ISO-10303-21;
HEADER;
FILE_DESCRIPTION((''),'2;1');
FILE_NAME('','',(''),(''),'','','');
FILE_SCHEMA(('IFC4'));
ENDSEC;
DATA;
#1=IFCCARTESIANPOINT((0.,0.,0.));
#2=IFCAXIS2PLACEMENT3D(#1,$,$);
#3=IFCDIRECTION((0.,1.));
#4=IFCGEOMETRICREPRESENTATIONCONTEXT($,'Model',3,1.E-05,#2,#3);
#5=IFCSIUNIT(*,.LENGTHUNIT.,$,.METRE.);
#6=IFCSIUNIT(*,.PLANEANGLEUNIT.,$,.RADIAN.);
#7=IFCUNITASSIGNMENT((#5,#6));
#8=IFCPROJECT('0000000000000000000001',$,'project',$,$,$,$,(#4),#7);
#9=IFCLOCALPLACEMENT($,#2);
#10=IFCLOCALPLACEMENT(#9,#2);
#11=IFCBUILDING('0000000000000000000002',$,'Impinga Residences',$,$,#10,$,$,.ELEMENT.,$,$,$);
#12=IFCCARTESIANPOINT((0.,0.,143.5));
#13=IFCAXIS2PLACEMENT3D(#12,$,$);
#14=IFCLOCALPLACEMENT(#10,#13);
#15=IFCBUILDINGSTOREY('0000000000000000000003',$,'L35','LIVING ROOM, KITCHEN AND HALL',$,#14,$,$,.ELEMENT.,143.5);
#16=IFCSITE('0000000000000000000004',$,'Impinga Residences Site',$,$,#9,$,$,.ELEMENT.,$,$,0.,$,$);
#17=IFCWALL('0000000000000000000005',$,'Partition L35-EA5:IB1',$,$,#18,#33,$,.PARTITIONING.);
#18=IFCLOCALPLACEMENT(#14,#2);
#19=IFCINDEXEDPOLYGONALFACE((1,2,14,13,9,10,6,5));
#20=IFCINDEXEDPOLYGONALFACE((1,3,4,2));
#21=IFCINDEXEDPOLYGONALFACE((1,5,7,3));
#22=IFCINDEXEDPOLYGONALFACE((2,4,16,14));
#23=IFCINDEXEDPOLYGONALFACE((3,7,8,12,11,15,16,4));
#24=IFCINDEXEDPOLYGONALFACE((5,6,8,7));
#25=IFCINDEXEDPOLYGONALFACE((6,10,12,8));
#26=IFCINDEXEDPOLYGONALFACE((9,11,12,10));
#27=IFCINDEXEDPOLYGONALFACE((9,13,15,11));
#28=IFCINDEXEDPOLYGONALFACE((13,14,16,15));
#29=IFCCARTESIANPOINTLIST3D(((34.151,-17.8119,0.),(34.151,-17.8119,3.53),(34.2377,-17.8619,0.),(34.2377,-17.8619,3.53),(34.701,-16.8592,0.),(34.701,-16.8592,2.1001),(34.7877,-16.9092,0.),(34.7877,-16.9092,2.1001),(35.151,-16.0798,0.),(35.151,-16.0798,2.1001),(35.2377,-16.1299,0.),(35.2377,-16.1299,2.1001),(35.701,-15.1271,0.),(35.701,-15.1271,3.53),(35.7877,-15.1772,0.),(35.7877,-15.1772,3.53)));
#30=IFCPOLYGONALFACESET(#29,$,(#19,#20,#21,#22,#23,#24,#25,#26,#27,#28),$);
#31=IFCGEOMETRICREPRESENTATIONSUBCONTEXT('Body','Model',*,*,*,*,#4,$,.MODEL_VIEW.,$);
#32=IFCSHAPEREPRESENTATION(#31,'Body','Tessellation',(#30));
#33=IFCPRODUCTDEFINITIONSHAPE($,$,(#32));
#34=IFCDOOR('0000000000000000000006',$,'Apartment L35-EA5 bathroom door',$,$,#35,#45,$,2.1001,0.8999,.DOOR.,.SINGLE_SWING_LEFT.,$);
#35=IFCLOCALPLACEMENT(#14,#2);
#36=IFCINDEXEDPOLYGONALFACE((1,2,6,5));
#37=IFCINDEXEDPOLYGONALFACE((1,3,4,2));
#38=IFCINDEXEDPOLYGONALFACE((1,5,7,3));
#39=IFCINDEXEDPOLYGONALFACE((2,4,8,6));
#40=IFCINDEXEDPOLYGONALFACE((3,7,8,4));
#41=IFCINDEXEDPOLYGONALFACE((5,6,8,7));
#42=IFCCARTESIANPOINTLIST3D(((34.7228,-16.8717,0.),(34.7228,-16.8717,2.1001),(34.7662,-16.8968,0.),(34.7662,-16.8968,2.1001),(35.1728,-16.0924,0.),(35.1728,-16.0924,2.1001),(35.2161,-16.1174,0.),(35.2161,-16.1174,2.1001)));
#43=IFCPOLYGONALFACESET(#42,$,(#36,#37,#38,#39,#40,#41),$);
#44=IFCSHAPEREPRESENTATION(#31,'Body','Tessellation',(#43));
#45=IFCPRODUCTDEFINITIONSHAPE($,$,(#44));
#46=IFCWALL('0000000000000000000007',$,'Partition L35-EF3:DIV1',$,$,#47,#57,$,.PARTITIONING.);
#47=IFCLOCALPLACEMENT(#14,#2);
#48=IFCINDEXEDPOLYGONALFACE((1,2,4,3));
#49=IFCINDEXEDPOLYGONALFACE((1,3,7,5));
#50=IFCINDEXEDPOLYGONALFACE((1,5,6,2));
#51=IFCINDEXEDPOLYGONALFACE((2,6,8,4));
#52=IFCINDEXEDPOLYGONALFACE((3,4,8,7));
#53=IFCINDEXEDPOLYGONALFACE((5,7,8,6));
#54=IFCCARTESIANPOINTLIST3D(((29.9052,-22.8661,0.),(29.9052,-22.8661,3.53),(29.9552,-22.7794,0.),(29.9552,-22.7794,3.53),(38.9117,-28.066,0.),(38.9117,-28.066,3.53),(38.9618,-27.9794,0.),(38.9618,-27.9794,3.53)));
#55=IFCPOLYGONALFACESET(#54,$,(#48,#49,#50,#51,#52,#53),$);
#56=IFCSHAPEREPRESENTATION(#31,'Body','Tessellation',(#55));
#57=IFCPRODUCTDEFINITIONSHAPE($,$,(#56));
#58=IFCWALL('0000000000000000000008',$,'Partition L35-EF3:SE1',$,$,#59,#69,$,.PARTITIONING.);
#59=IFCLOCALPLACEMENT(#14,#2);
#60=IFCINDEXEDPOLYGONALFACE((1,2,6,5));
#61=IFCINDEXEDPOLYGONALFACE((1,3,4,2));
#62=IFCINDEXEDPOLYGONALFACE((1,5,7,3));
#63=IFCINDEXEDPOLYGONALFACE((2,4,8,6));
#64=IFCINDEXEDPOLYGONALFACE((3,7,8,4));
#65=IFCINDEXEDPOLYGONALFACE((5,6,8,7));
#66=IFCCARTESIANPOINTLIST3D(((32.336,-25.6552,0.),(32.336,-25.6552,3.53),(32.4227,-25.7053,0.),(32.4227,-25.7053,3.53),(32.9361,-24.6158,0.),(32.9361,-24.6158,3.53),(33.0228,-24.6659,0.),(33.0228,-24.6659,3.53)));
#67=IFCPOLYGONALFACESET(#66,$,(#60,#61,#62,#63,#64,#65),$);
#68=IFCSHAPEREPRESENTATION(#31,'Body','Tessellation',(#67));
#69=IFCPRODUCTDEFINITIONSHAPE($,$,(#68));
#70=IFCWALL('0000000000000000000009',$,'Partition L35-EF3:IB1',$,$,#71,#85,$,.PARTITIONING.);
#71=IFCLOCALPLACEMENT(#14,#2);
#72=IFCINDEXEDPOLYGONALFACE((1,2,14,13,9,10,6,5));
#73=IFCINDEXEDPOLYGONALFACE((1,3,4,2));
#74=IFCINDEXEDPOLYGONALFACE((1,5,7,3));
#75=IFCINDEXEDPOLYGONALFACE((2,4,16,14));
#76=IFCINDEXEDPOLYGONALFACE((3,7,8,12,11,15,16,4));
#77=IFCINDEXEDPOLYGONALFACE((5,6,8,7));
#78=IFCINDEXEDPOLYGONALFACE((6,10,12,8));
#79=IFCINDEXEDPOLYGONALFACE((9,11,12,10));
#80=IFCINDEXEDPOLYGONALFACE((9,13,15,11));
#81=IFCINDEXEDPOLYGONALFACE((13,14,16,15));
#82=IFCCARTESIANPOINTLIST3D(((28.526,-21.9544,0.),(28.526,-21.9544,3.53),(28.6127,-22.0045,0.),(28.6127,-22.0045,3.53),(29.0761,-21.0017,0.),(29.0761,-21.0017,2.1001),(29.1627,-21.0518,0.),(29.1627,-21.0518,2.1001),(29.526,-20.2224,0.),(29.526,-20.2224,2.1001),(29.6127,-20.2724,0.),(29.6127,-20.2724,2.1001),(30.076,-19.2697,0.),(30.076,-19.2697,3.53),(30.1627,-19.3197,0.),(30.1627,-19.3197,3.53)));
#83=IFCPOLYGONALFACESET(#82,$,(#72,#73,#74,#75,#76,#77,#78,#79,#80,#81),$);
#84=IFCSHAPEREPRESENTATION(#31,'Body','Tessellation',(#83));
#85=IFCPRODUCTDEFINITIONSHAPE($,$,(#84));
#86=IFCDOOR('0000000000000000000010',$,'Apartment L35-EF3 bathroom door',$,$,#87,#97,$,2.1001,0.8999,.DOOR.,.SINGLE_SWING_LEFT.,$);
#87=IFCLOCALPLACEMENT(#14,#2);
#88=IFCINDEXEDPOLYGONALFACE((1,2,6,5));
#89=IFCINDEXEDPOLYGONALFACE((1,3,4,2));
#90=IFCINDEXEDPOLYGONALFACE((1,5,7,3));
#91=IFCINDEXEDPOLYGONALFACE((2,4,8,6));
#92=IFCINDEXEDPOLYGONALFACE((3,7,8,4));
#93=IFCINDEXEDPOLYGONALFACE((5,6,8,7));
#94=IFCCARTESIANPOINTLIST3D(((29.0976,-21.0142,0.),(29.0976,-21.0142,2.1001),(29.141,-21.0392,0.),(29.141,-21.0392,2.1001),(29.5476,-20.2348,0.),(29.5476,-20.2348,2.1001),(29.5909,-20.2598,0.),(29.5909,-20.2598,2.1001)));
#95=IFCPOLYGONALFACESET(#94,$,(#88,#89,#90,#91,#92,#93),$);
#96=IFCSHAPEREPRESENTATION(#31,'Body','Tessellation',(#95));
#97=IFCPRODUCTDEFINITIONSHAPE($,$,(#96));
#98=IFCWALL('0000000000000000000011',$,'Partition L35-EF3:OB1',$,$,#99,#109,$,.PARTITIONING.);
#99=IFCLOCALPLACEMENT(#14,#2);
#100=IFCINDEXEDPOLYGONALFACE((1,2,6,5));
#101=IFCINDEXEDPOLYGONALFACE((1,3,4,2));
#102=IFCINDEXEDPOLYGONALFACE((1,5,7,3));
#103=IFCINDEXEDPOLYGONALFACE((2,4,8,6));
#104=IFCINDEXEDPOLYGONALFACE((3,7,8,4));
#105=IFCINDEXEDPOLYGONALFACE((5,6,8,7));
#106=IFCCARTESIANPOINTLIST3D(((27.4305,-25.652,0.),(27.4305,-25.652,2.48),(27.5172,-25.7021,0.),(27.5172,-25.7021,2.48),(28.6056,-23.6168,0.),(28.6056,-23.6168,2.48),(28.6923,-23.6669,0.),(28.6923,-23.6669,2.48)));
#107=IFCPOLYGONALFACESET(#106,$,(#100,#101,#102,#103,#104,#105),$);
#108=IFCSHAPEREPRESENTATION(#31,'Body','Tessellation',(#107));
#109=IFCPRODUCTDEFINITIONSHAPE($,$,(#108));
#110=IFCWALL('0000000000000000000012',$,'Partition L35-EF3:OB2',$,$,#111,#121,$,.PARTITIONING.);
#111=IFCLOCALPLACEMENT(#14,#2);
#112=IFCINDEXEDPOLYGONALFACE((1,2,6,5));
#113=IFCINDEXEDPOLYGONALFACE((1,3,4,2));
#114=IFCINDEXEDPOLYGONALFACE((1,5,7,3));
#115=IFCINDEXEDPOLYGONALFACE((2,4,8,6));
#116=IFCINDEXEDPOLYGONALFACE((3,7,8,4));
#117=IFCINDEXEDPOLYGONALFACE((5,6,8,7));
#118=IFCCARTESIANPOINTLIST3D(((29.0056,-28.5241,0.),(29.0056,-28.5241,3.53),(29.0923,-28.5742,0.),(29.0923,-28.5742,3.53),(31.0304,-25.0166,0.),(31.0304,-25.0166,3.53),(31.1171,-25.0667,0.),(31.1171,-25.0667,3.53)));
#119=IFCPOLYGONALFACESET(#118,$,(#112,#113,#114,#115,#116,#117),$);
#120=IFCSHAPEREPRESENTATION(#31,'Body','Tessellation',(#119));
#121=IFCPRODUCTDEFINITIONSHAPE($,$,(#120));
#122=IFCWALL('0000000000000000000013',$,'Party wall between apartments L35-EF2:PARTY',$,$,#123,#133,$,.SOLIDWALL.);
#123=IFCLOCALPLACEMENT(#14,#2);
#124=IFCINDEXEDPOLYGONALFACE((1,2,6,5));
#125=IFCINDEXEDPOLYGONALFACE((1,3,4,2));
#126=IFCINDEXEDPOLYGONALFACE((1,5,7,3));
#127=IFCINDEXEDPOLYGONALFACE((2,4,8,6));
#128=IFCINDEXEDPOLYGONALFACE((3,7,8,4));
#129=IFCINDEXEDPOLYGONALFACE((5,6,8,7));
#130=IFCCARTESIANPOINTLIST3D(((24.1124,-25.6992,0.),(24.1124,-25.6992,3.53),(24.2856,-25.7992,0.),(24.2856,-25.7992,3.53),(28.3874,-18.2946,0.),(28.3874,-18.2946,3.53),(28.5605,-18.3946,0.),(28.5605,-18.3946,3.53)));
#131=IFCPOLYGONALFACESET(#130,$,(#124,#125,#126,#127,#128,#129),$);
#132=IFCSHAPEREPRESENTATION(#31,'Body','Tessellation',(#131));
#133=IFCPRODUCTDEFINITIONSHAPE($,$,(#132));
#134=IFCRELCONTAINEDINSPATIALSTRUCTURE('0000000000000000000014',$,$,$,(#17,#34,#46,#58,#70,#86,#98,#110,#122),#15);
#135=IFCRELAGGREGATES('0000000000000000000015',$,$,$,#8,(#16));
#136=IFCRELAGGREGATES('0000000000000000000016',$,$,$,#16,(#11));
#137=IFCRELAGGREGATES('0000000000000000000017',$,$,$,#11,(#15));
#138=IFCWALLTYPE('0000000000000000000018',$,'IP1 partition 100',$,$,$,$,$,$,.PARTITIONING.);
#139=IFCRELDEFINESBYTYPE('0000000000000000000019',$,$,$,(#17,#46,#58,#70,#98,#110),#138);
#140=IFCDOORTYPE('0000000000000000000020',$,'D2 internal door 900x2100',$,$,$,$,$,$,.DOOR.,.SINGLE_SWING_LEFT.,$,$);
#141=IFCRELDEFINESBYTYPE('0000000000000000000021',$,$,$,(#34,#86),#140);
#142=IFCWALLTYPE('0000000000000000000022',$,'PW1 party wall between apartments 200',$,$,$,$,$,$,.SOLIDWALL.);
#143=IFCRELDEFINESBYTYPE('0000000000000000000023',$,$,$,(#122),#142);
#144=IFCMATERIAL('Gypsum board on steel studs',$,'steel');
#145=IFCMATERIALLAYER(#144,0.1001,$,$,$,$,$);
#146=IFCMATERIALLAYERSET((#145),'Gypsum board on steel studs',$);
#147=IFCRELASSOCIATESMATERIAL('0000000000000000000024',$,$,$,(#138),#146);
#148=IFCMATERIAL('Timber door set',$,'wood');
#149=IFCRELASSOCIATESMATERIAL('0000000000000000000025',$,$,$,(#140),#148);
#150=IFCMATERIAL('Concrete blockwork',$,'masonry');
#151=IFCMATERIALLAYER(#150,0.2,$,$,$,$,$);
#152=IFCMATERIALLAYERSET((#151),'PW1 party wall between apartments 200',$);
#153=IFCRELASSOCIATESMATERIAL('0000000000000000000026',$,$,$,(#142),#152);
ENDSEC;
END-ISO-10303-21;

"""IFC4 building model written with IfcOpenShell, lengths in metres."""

from ifc_helpers import new_model, si_unit, direction, frame, frame_2d, origin, place, context, subcontext, project, spatial, rectangle, extrude, material, layer, layer_set, type_object, element, fill, save


model = new_model("IFC4")

# Units and contexts
model_context = context("Model", 3, precision=1e-05, world=origin(), true_north=direction((0.0, 1.0)))
body_context = subcontext(model_context, "Body", "Model", "MODEL_VIEW")
ifc_project = project(units=[si_unit("LENGTHUNIT", "METRE"), si_unit("PLANEANGLEUNIT", "RADIAN")], contexts=[model_context])

# Site, building, storey
site_placement = place(None, origin())
site = spatial("IfcSite", under=ifc_project, at=site_placement, Name="Impinga Residences Site", CompositionType="ELEMENT", RefElevation=0.0)
building_placement = place(site_placement, origin())
building = spatial("IfcBuilding", under=site, at=building_placement, Name="Impinga Residences", CompositionType="ELEMENT")
storey_placement = place(building_placement, frame((0.0, 0.0, 143.5)))
storey = spatial("IfcBuildingStorey", under=building, at=storey_placement, Name="L35", Description="LIVING ROOM, KITCHEN AND HALL", CompositionType="ELEMENT", Elevation=143.5)

# Wall, opening, door
ifc_material_1 = material(Name="Gypsum board on steel studs", Category="steel")
ifc_layer_1 = layer(ifc_material_1, 0.1001)
ifc_layer_set_1 = layer_set([ifc_layer_1], Name="Gypsum board on steel studs")
wall_type_1 = type_object("IfcWallType", Name="IP1 partition 100", PredefinedType="PARTITIONING", material=ifc_layer_set_1)
wall_1_placement = place(storey_placement, frame((34.1943, -17.8369, 0.0), z_axis=(0.0, 0.0, 1.0), x_axis=(0.499993, 0.86603, 0.0)))
wall_1 = element("IfcWall", 1, at=wall_1_placement, inside=storey, type_object=wall_type_1, Name="Partition L35-EA5:IB1", PredefinedType="PARTITIONING", context=body_context, shape_type="SweptSolid", body=[
    extrude(rectangle(XDim=3.1001, YDim=0.1001, at=frame_2d((1.55, 0.0))), origin(), (0.0, 0.0, 1.0), 3.53),
])
opening_1_placement = place(wall_1_placement, frame((1.1001, 0.0, 0.0)))
opening_1 = element("IfcOpeningElement", 2, at=opening_1_placement, cuts=wall_1, PredefinedType="OPENING", context=body_context, shape_type="SweptSolid", body=[
    extrude(rectangle(XDim=0.8999, YDim=2.1001, at=frame_2d((0.45, 1.05))), frame((0.0, 0.0601, 0.0), z_axis=(0.0, -1.0, 0.0), x_axis=(1.0, 0.0, 0.0)), (0.0, 0.0, 1.0), 0.1201),
])
ifc_material_2 = material(Name="Timber door set", Category="wood")
door_type = type_object("IfcDoorType", Name="D2 internal door 900x2100", OperationType="SINGLE_SWING_LEFT", PredefinedType="DOOR", material=ifc_material_2)
door_1_placement = place(opening_1_placement, origin())
door_1 = element("IfcDoor", 3, at=door_1_placement, inside=storey, type_object=door_type, Name="Apartment L35-EA5 bathroom door", OperationType="SINGLE_SWING_LEFT", OverallHeight=2.1001, OverallWidth=0.8999, PredefinedType="DOOR", context=body_context, shape_type="SweptSolid", body=[
    extrude(rectangle(XDim=0.8999, YDim=2.1001, at=frame_2d((0.45, 1.05))), frame((0.0, 0.0249, 0.0), z_axis=(0.0, -1.0, 0.0), x_axis=(1.0, 0.0, 0.0)), (0.0, 0.0, 1.0), 0.05),
])
fill(opening_1, door_1)

# Walls
wall_2_placement = place(storey_placement, frame((29.9302, -22.8228, 0.0), z_axis=(0.0, 0.0, 1.0), x_axis=(0.866026, -0.499999, 0.0)))
element("IfcWall", 4, at=wall_2_placement, inside=storey, type_object=wall_type_1, Name="Partition L35-EF3:DIV1", PredefinedType="PARTITIONING", context=body_context, shape_type="SweptSolid", body=[
    extrude(rectangle(XDim=10.3999, YDim=0.1001, at=frame_2d((5.2, 0.0))), origin(), (0.0, 0.0, 1.0), 3.53),
])
wall_3_placement = place(storey_placement, frame((32.9795, -24.6409, 0.0), z_axis=(0.0, 0.0, 1.0), x_axis=(-0.500034, -0.866006, 0.0)))
element("IfcWall", 5, at=wall_3_placement, inside=storey, type_object=wall_type_1, Name="Partition L35-EF3:SE1", PredefinedType="PARTITIONING", context=body_context, shape_type="SweptSolid", body=[
    extrude(rectangle(XDim=1.2002, YDim=0.1001, at=frame_2d((0.6001, 0.0))), origin(), (0.0, 0.0, 1.0), 3.53),
])

# Wall, opening, door
wall_4_placement = place(storey_placement, frame((30.1194, -19.2947, 0.0), z_axis=(0.0, 0.0, 1.0), x_axis=(-0.499993, -0.86603, 0.0)))
wall_4 = element("IfcWall", 6, at=wall_4_placement, inside=storey, type_object=wall_type_1, Name="Partition L35-EF3:IB1", PredefinedType="PARTITIONING", context=body_context, shape_type="SweptSolid", body=[
    extrude(rectangle(XDim=3.1001, YDim=0.1001, at=frame_2d((1.55, 0.0))), origin(), (0.0, 0.0, 1.0), 3.53),
])
opening_2_placement = place(wall_4_placement, frame((1.1001, 0.0, 0.0)))
opening_2 = element("IfcOpeningElement", 7, at=opening_2_placement, cuts=wall_4, PredefinedType="OPENING", context=body_context, shape_type="SweptSolid", body=[
    extrude(rectangle(XDim=0.8999, YDim=2.1001, at=frame_2d((0.45, 1.05))), frame((0.0, 0.0601, 0.0), z_axis=(0.0, -1.0, 0.0), x_axis=(1.0, 0.0, 0.0)), (0.0, 0.0, 1.0), 0.1201),
])
door_2_placement = place(opening_2_placement, origin())
door_2 = element("IfcDoor", 8, at=door_2_placement, inside=storey, type_object=door_type, Name="Apartment L35-EF3 bathroom door", OperationType="SINGLE_SWING_LEFT", OverallHeight=2.1001, OverallWidth=0.8999, PredefinedType="DOOR", context=body_context, shape_type="SweptSolid", body=[
    extrude(rectangle(XDim=0.8999, YDim=2.1001, at=frame_2d((0.45, 1.05))), frame((0.0, 0.0249, 0.0), z_axis=(0.0, -1.0, 0.0), x_axis=(1.0, 0.0, 0.0)), (0.0, 0.0, 1.0), 0.05),
])
fill(opening_2, door_2)

# Walls
wall_5_placement = place(storey_placement, frame((28.6489, -23.6418, 0.0), z_axis=(0.0, 0.0, 1.0), x_axis=(-0.500016, -0.866016, 0.0)))
element("IfcWall", 9, at=wall_5_placement, inside=storey, type_object=wall_type_1, Name="Partition L35-EF3:OB1", PredefinedType="PARTITIONING", context=body_context, shape_type="SweptSolid", body=[
    extrude(rectangle(XDim=2.3501, YDim=0.1001, at=frame_2d((1.175, 0.0))), origin(), (0.0, 0.0, 1.0), 2.48),
])
wall_6_placement = place(storey_placement, frame((31.0737, -25.0417, 0.0), z_axis=(0.0, 0.0, 1.0), x_axis=(-0.499964, -0.866046, 0.0)))
element("IfcWall", 10, at=wall_6_placement, inside=storey, type_object=wall_type_1, Name="Partition L35-EF3:OB2", PredefinedType="PARTITIONING", context=body_context, shape_type="SweptSolid", body=[
    extrude(rectangle(XDim=4.05, YDim=0.1001, at=frame_2d((2.0249, 0.0))), origin(), (0.0, 0.0, 1.0), 3.53),
])
ifc_material_3 = material(Name="Concrete blockwork", Category="masonry")
ifc_layer_2 = layer(ifc_material_3, 0.2)
ifc_layer_set_2 = layer_set([ifc_layer_2], Name="PW1 party wall between apartments 200")
wall_type_2 = type_object("IfcWallType", Name="PW1 party wall between apartments 200", PredefinedType="SOLIDWALL", material=ifc_layer_set_2)
wall_7_placement = place(storey_placement, frame((28.4739, -18.3447, 0.0), z_axis=(0.0, 0.0, 1.0), x_axis=(-0.49999, -0.866031, 0.0)))
element("IfcWall", 11, at=wall_7_placement, inside=storey, type_object=wall_type_2, Name="Party wall between apartments L35-EF2:PARTY", PredefinedType="SOLIDWALL", context=body_context, shape_type="SweptSolid", body=[
    extrude(rectangle(XDim=8.55, YDim=0.2, at=frame_2d((4.2749, 0.0))), origin(), (0.0, 0.0, 1.0), 3.53),
])

save(model, "model.ifc")
